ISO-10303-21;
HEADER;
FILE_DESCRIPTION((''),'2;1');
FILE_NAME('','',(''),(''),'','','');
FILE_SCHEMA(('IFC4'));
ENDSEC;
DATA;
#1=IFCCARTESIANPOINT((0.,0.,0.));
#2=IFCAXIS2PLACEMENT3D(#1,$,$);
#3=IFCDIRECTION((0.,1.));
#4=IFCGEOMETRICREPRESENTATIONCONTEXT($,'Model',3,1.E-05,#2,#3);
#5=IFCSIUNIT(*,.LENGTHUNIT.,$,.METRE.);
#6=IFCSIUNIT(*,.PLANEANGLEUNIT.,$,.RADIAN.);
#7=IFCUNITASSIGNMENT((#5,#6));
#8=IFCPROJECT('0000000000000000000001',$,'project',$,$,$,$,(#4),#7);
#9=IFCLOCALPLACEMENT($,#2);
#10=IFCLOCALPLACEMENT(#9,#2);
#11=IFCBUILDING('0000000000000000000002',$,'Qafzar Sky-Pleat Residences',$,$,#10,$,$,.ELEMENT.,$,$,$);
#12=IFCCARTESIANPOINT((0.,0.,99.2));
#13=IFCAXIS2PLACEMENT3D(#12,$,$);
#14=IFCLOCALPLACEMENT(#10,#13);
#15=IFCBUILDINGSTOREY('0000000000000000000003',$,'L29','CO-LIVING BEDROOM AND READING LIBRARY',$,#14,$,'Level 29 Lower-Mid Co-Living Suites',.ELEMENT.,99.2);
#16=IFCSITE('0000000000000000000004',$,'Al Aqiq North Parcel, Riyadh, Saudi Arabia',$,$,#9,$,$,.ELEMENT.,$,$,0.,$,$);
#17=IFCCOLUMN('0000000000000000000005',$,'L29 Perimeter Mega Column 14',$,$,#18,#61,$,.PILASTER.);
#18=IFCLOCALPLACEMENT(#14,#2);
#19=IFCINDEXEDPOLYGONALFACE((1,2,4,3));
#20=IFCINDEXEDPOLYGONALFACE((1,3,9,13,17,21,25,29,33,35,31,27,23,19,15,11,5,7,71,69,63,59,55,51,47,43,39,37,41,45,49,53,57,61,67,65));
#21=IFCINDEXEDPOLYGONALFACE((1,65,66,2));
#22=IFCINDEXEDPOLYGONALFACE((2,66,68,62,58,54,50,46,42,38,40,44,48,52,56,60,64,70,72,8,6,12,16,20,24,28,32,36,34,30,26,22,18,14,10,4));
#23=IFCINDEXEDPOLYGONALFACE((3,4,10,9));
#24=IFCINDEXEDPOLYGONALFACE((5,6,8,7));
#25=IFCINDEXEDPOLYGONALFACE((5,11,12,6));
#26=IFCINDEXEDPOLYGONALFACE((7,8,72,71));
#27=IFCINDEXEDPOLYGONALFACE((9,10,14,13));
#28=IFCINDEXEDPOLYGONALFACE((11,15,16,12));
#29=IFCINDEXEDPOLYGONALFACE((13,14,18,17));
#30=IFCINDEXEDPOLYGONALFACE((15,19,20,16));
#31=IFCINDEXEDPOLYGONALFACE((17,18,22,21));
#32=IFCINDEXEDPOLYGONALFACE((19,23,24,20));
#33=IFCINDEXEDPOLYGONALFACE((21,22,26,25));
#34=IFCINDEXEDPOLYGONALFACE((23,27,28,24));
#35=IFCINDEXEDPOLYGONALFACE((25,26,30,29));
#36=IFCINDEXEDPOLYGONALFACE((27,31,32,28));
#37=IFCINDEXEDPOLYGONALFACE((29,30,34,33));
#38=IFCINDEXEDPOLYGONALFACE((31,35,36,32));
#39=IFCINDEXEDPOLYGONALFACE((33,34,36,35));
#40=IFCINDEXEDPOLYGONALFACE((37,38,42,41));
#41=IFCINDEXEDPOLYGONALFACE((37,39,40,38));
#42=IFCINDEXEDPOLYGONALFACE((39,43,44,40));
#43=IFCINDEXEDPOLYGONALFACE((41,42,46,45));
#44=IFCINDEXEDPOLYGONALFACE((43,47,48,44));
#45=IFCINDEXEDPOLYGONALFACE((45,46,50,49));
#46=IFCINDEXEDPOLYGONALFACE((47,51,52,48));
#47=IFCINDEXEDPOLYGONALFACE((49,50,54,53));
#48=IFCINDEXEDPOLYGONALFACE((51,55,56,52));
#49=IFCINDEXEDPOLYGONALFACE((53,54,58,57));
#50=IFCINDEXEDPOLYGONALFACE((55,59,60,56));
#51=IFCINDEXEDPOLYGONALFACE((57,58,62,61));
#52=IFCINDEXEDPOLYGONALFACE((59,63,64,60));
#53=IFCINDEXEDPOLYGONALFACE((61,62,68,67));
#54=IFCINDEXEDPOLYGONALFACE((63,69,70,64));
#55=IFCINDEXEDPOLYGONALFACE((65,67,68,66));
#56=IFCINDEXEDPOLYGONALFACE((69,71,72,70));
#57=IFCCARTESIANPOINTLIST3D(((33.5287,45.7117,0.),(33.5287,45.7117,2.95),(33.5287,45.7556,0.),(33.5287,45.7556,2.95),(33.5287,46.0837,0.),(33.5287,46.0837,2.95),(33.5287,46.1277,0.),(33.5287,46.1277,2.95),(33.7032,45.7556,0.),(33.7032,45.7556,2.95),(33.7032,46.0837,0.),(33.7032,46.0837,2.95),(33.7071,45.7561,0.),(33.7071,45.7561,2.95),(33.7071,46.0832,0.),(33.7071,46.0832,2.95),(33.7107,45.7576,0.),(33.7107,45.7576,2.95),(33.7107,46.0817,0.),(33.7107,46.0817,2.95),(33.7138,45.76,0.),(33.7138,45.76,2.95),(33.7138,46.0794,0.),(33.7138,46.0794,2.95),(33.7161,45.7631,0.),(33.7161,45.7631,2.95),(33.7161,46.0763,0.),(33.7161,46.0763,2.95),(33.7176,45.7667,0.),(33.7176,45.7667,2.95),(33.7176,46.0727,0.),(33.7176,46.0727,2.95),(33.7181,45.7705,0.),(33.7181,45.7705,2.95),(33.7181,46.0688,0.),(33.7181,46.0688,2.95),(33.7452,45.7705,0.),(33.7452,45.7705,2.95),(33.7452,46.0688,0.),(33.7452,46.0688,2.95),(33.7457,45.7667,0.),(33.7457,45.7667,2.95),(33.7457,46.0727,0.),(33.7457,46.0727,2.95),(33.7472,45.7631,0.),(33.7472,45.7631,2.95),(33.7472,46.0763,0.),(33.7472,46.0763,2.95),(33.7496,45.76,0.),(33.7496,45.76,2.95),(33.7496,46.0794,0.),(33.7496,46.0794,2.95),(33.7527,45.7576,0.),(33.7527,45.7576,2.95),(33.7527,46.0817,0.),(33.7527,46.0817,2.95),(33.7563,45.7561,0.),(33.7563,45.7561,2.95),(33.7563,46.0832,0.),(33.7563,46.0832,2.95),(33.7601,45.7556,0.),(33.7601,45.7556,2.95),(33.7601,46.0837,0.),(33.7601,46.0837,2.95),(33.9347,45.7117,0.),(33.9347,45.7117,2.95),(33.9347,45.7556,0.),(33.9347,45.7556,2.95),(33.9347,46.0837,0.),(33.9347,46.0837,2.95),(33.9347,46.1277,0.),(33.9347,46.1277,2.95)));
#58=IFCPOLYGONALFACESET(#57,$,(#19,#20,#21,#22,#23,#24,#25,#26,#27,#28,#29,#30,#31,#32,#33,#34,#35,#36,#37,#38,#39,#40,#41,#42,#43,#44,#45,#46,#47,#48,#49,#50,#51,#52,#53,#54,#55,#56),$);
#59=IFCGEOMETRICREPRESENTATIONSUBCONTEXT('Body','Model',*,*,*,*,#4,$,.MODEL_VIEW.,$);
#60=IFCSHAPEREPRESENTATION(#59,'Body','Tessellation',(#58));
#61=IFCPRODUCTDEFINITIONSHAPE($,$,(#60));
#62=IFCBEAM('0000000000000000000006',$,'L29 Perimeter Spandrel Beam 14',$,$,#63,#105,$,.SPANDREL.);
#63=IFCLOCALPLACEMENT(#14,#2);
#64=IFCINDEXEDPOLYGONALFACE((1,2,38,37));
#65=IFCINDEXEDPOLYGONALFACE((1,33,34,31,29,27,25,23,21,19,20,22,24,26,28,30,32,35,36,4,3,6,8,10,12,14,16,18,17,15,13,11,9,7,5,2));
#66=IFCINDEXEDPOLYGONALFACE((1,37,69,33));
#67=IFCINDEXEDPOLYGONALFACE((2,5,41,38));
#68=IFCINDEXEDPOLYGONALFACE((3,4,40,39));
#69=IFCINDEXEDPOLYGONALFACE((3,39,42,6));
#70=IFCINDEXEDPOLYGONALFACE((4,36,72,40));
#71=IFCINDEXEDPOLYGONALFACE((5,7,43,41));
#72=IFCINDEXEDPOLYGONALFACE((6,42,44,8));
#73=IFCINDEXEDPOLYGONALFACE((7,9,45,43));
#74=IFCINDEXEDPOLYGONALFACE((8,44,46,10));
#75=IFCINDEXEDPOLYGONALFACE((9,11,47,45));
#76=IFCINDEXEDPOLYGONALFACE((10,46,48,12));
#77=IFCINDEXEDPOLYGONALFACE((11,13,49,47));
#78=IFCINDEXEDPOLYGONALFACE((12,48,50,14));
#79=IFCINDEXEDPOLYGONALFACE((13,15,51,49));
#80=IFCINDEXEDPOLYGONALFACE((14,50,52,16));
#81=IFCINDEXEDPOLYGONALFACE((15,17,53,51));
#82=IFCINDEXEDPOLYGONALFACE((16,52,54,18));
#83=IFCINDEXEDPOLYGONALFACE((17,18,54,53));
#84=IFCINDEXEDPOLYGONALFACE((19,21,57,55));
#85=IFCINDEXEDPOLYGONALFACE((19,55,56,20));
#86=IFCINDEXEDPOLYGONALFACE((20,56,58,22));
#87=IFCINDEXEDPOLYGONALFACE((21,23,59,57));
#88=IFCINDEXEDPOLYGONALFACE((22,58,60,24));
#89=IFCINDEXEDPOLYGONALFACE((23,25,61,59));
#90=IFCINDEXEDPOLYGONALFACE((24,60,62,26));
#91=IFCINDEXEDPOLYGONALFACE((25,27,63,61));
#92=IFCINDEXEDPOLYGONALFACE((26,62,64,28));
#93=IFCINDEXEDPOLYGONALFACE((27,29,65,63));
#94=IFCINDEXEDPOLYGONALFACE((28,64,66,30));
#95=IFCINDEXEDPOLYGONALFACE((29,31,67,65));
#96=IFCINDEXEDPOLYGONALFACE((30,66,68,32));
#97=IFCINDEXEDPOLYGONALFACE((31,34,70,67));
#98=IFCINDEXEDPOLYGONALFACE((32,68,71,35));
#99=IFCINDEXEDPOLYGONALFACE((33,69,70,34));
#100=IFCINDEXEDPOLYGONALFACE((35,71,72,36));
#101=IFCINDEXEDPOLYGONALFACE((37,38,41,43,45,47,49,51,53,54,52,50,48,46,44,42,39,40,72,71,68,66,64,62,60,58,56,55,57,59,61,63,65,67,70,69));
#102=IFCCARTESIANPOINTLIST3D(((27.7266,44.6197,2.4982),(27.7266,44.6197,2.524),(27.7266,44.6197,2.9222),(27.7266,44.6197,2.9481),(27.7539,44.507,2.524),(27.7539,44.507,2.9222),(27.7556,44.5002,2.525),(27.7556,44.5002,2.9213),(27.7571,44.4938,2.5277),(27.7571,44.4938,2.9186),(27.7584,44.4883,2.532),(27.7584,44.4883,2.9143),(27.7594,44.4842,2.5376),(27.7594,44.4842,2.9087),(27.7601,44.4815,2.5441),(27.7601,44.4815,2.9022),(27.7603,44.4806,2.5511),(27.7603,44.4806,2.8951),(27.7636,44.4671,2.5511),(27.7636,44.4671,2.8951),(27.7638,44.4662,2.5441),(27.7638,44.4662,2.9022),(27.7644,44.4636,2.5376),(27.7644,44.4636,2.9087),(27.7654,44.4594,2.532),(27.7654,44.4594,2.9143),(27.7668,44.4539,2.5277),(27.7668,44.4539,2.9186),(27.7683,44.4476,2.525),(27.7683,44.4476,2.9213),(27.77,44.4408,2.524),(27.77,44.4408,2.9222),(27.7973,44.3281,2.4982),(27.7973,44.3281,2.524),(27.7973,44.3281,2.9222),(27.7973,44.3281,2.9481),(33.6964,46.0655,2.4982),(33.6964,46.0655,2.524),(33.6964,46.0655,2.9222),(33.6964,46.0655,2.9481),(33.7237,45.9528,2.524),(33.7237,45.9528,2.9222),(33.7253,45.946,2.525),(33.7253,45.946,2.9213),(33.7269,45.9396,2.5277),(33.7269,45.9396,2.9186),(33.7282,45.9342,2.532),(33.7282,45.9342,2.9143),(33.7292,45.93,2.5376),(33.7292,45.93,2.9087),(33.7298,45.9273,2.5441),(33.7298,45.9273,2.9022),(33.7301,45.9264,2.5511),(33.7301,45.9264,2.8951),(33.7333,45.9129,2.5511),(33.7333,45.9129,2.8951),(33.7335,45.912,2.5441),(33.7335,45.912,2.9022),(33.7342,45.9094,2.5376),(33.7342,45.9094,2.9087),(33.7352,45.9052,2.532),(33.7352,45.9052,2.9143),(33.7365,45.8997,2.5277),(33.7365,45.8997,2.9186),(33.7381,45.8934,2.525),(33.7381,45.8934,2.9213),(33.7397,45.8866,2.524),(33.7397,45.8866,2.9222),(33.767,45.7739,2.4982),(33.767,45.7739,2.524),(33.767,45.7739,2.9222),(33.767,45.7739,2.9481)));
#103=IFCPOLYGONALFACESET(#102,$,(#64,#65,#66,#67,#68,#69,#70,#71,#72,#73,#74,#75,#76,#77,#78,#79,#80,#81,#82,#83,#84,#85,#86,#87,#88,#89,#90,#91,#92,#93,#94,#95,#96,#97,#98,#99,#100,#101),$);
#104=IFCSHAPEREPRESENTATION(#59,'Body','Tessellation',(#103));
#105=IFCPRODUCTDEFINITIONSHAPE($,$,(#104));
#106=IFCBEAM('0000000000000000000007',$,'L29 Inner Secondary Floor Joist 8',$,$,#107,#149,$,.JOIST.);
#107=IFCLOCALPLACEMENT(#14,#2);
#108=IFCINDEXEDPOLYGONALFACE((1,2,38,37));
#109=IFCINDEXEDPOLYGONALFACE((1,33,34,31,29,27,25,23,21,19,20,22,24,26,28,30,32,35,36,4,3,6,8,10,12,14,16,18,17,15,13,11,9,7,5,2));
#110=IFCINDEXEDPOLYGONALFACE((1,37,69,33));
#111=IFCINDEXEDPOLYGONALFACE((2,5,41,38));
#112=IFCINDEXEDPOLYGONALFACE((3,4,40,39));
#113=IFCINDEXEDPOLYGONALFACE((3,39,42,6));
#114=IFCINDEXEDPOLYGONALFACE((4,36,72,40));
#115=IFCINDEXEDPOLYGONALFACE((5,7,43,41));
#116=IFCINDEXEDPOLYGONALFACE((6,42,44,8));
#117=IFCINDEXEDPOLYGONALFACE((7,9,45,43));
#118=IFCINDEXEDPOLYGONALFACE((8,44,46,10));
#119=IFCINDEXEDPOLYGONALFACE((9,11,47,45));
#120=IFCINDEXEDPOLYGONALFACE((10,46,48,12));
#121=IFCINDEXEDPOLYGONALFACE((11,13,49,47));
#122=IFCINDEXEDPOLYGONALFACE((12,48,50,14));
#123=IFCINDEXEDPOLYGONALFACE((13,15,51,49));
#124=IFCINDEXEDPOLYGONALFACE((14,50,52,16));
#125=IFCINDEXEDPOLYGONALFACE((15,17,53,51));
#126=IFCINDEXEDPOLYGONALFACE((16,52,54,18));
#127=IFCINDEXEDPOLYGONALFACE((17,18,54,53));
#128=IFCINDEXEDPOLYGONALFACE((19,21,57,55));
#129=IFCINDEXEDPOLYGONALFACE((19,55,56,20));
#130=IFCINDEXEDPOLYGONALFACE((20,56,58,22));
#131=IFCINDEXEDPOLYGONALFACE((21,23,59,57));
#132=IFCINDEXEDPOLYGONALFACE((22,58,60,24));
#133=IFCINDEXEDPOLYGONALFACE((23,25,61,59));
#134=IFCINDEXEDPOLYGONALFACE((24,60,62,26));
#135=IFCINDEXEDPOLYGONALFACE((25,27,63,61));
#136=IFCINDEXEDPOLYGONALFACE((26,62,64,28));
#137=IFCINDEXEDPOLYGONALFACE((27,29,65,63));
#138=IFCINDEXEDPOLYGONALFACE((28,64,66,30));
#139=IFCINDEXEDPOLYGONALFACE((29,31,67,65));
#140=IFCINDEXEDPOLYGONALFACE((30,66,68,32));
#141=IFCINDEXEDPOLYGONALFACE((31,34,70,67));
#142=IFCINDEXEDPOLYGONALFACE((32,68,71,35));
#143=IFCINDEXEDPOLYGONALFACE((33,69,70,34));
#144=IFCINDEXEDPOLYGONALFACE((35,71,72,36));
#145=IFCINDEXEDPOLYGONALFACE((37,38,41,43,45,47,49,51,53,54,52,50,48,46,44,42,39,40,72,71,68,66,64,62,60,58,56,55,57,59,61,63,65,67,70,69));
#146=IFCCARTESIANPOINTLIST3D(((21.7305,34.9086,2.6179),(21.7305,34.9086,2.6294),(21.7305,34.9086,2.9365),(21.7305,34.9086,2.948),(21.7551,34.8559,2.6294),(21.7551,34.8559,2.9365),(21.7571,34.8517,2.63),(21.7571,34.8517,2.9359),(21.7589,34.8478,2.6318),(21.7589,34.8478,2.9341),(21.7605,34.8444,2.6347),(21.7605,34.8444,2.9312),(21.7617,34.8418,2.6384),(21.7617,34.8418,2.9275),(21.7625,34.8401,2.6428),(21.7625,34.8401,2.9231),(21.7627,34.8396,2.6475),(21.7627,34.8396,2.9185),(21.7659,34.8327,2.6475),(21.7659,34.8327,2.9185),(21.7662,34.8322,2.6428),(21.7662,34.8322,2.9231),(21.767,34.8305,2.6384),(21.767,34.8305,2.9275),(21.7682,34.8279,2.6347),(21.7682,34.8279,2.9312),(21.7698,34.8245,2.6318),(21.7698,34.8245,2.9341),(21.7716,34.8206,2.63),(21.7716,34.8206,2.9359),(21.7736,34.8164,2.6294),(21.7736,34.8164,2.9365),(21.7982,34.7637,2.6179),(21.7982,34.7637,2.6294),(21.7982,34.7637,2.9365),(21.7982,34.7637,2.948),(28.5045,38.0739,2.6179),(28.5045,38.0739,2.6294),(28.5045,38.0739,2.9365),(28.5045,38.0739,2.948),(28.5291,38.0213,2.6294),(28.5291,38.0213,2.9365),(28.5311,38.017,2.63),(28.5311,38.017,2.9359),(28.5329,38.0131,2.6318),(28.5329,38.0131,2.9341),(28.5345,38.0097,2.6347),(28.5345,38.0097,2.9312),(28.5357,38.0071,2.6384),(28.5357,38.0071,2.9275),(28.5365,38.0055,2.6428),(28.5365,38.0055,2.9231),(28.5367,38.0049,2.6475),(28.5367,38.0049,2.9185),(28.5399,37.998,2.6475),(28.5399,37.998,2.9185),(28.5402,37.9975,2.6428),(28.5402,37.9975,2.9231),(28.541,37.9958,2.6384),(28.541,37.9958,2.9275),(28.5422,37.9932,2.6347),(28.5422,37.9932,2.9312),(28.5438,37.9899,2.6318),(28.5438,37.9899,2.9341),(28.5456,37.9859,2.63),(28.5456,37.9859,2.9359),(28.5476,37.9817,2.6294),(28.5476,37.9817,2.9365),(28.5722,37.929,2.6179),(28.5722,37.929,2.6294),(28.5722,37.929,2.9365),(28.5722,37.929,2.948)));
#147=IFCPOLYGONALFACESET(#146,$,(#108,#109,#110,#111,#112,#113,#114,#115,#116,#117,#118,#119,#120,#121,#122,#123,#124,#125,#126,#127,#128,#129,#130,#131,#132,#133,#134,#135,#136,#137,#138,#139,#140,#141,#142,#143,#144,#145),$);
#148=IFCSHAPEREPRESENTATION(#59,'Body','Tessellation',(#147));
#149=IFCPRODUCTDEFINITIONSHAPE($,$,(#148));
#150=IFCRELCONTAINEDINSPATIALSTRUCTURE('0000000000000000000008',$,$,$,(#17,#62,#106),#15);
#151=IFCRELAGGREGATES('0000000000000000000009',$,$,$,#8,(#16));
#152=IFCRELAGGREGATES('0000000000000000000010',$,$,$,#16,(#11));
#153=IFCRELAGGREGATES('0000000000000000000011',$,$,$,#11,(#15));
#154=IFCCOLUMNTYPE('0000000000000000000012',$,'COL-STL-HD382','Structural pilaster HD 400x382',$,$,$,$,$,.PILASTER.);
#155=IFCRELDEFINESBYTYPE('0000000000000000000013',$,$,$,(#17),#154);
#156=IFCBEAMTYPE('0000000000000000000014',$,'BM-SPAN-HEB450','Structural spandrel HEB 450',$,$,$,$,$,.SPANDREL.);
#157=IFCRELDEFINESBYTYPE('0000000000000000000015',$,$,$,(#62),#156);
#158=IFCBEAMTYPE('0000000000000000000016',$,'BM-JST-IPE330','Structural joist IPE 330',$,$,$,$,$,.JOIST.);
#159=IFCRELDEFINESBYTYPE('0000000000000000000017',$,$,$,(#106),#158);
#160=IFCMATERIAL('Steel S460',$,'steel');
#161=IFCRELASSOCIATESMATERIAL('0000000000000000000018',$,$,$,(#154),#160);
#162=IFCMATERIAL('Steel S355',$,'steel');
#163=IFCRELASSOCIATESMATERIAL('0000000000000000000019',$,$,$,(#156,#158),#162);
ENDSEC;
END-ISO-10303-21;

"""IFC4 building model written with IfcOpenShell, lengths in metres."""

from ifc_helpers import new_model, si_unit, direction, frame, origin, origin_2d, place, context, subcontext, project, spatial, i_section, extrude, source, transform, mapped, material, material_profile, profile_set, type_object, element, save


model = new_model("IFC4")

# Units and contexts
model_context = context("Model", 3, precision=1e-05, world=origin(), true_north=direction((0.0, 1.0)))
body_context = subcontext(model_context, "Body", "Model", "MODEL_VIEW")
ifc_project = project(units=[si_unit("LENGTHUNIT", "METRE"), si_unit("PLANEANGLEUNIT", "RADIAN")], contexts=[model_context])

# Site, building, storey
site_placement = place(None, origin())
site = spatial("IfcSite", under=ifc_project, at=site_placement, Name="Al Aqiq North Parcel, Riyadh, Saudi Arabia", CompositionType="ELEMENT", RefElevation=0.0)
building_placement = place(site_placement, origin())
building = spatial("IfcBuilding", under=site, at=building_placement, Name="Qafzar Sky-Pleat Residences", CompositionType="ELEMENT")
storey_placement = place(building_placement, frame((0.0, 0.0, 99.2)))
storey = spatial("IfcBuildingStorey", under=building, at=storey_placement, Name="L29", Description="CO-LIVING BEDROOM AND READING LIBRARY", LongName="Level 29 Lower-Mid Co-Living Suites", CompositionType="ELEMENT", Elevation=99.2)

# Column
ifc_material_1 = material(Name="Steel S460", Category="steel")
ifc_material_profile_1 = material_profile(ifc_material_1, i_section(OverallWidth=0.406, OverallDepth=0.416, WebThickness=0.0271, FlangeThickness=0.0439, FilletRadius=0.0149, at=origin_2d()), Name="HD 400x382")
ifc_profile_set_1 = profile_set([ifc_material_profile_1], Name="Steel S460")
column_type = type_object("IfcColumnType", Name="COL-STL-HD382", Description="Structural pilaster HD 400x382", PredefinedType="PILASTER", material=ifc_profile_set_1)
shared_shape_1 = source(origin(), body_context, "Body", "SweptSolid", [
    extrude(i_section(OverallWidth=0.406, OverallDepth=0.416, WebThickness=0.0271, FlangeThickness=0.0439, FilletRadius=0.0149, at=origin_2d()), origin(), (0.0, 0.0, 1.0), 2.95),
])
column_placement = place(storey_placement, frame((33.7317, 45.9197, 0.0), z_axis=(0.0, 0.0, 1.0), x_axis=(1.0, 0.0, 0.0)))
element("IfcColumn", 1, at=column_placement, inside=storey, type_object=column_type, Name="L29 Perimeter Mega Column 14", PredefinedType="PILASTER", context=body_context, shape_type="MappedRepresentation", body=[
    mapped(shared_shape_1, transform((0.0, 0.0, 0.0), x_axis=(1.0, 0.0, 0.0), y_axis=(0.0, 1.0, 0.0), z_axis=(0.0, 0.0, 1.0), scale=1.0)),
])

# Beams
ifc_material_2 = material(Name="Steel S355", Category="steel")
ifc_material_profile_2 = material_profile(ifc_material_2, i_section(OverallWidth=0.3, OverallDepth=0.45, WebThickness=0.0139, FlangeThickness=0.0259, FilletRadius=0.0271, at=origin_2d()), Name="HEB 450")
ifc_profile_set_2 = profile_set([ifc_material_profile_2], Name="Steel S355")
beam_type_1 = type_object("IfcBeamType", Name="BM-SPAN-HEB450", Description="Structural spandrel HEB 450", PredefinedType="SPANDREL", material=ifc_profile_set_2)
shared_shape_2 = source(origin(), body_context, "Body", "SweptSolid", [
    extrude(i_section(OverallWidth=0.3, OverallDepth=0.45, WebThickness=0.0139, FlangeThickness=0.0259, FilletRadius=0.0271, at=origin_2d()), origin(), (0.0, 0.0, 1.0), 6.1423),
])
beam_1_placement = place(storey_placement, frame((33.7317, 45.9197, 2.7231), z_axis=(-0.971902, -0.235384, 0.0), x_axis=(0.235384, -0.971902, 0.0)))
element("IfcBeam", 2, at=beam_1_placement, inside=storey, type_object=beam_type_1, Name="L29 Perimeter Spandrel Beam 14", PredefinedType="SPANDREL", context=body_context, shape_type="MappedRepresentation", body=[
    mapped(shared_shape_2, transform((0.0, 0.0, 0.0), x_axis=(1.0, 0.0, 0.0), y_axis=(0.0, 1.0, 0.0), z_axis=(0.0, 0.0, 1.0), scale=1.0)),
])
ifc_material_profile_3 = material_profile(ifc_material_2, i_section(OverallWidth=0.1599, OverallDepth=0.3301, WebThickness=0.0076, FlangeThickness=0.0115, FilletRadius=0.0181, at=origin_2d()), Name="IPE 330")
ifc_profile_set_3 = profile_set([ifc_material_profile_3], Name="Steel S355")
beam_type_2 = type_object("IfcBeamType", Name="BM-JST-IPE330", Description="Structural joist IPE 330", PredefinedType="JOIST", material=ifc_profile_set_3)
shared_shape_3 = source(origin(), body_context, "Body", "SweptSolid", [
    extrude(i_section(OverallWidth=0.1599, OverallDepth=0.3301, WebThickness=0.0076, FlangeThickness=0.0115, FilletRadius=0.0181, at=origin_2d()), origin(), (0.0, 0.0, 1.0), 7.4771),
])
beam_2_placement = place(storey_placement, frame((28.5383, 38.0015, 2.783), z_axis=(-0.905972, -0.423338, 0.0), x_axis=(0.423338, -0.905972, 0.0)))
element("IfcBeam", 3, at=beam_2_placement, inside=storey, type_object=beam_type_2, Name="L29 Inner Secondary Floor Joist 8", PredefinedType="JOIST", context=body_context, shape_type="MappedRepresentation", body=[
    mapped(shared_shape_3, transform((0.0, 0.0, 0.0), x_axis=(1.0, 0.0, 0.0), y_axis=(0.0, 1.0, 0.0), z_axis=(0.0, 0.0, 1.0), scale=1.0)),
])

save(model, "model.ifc")
